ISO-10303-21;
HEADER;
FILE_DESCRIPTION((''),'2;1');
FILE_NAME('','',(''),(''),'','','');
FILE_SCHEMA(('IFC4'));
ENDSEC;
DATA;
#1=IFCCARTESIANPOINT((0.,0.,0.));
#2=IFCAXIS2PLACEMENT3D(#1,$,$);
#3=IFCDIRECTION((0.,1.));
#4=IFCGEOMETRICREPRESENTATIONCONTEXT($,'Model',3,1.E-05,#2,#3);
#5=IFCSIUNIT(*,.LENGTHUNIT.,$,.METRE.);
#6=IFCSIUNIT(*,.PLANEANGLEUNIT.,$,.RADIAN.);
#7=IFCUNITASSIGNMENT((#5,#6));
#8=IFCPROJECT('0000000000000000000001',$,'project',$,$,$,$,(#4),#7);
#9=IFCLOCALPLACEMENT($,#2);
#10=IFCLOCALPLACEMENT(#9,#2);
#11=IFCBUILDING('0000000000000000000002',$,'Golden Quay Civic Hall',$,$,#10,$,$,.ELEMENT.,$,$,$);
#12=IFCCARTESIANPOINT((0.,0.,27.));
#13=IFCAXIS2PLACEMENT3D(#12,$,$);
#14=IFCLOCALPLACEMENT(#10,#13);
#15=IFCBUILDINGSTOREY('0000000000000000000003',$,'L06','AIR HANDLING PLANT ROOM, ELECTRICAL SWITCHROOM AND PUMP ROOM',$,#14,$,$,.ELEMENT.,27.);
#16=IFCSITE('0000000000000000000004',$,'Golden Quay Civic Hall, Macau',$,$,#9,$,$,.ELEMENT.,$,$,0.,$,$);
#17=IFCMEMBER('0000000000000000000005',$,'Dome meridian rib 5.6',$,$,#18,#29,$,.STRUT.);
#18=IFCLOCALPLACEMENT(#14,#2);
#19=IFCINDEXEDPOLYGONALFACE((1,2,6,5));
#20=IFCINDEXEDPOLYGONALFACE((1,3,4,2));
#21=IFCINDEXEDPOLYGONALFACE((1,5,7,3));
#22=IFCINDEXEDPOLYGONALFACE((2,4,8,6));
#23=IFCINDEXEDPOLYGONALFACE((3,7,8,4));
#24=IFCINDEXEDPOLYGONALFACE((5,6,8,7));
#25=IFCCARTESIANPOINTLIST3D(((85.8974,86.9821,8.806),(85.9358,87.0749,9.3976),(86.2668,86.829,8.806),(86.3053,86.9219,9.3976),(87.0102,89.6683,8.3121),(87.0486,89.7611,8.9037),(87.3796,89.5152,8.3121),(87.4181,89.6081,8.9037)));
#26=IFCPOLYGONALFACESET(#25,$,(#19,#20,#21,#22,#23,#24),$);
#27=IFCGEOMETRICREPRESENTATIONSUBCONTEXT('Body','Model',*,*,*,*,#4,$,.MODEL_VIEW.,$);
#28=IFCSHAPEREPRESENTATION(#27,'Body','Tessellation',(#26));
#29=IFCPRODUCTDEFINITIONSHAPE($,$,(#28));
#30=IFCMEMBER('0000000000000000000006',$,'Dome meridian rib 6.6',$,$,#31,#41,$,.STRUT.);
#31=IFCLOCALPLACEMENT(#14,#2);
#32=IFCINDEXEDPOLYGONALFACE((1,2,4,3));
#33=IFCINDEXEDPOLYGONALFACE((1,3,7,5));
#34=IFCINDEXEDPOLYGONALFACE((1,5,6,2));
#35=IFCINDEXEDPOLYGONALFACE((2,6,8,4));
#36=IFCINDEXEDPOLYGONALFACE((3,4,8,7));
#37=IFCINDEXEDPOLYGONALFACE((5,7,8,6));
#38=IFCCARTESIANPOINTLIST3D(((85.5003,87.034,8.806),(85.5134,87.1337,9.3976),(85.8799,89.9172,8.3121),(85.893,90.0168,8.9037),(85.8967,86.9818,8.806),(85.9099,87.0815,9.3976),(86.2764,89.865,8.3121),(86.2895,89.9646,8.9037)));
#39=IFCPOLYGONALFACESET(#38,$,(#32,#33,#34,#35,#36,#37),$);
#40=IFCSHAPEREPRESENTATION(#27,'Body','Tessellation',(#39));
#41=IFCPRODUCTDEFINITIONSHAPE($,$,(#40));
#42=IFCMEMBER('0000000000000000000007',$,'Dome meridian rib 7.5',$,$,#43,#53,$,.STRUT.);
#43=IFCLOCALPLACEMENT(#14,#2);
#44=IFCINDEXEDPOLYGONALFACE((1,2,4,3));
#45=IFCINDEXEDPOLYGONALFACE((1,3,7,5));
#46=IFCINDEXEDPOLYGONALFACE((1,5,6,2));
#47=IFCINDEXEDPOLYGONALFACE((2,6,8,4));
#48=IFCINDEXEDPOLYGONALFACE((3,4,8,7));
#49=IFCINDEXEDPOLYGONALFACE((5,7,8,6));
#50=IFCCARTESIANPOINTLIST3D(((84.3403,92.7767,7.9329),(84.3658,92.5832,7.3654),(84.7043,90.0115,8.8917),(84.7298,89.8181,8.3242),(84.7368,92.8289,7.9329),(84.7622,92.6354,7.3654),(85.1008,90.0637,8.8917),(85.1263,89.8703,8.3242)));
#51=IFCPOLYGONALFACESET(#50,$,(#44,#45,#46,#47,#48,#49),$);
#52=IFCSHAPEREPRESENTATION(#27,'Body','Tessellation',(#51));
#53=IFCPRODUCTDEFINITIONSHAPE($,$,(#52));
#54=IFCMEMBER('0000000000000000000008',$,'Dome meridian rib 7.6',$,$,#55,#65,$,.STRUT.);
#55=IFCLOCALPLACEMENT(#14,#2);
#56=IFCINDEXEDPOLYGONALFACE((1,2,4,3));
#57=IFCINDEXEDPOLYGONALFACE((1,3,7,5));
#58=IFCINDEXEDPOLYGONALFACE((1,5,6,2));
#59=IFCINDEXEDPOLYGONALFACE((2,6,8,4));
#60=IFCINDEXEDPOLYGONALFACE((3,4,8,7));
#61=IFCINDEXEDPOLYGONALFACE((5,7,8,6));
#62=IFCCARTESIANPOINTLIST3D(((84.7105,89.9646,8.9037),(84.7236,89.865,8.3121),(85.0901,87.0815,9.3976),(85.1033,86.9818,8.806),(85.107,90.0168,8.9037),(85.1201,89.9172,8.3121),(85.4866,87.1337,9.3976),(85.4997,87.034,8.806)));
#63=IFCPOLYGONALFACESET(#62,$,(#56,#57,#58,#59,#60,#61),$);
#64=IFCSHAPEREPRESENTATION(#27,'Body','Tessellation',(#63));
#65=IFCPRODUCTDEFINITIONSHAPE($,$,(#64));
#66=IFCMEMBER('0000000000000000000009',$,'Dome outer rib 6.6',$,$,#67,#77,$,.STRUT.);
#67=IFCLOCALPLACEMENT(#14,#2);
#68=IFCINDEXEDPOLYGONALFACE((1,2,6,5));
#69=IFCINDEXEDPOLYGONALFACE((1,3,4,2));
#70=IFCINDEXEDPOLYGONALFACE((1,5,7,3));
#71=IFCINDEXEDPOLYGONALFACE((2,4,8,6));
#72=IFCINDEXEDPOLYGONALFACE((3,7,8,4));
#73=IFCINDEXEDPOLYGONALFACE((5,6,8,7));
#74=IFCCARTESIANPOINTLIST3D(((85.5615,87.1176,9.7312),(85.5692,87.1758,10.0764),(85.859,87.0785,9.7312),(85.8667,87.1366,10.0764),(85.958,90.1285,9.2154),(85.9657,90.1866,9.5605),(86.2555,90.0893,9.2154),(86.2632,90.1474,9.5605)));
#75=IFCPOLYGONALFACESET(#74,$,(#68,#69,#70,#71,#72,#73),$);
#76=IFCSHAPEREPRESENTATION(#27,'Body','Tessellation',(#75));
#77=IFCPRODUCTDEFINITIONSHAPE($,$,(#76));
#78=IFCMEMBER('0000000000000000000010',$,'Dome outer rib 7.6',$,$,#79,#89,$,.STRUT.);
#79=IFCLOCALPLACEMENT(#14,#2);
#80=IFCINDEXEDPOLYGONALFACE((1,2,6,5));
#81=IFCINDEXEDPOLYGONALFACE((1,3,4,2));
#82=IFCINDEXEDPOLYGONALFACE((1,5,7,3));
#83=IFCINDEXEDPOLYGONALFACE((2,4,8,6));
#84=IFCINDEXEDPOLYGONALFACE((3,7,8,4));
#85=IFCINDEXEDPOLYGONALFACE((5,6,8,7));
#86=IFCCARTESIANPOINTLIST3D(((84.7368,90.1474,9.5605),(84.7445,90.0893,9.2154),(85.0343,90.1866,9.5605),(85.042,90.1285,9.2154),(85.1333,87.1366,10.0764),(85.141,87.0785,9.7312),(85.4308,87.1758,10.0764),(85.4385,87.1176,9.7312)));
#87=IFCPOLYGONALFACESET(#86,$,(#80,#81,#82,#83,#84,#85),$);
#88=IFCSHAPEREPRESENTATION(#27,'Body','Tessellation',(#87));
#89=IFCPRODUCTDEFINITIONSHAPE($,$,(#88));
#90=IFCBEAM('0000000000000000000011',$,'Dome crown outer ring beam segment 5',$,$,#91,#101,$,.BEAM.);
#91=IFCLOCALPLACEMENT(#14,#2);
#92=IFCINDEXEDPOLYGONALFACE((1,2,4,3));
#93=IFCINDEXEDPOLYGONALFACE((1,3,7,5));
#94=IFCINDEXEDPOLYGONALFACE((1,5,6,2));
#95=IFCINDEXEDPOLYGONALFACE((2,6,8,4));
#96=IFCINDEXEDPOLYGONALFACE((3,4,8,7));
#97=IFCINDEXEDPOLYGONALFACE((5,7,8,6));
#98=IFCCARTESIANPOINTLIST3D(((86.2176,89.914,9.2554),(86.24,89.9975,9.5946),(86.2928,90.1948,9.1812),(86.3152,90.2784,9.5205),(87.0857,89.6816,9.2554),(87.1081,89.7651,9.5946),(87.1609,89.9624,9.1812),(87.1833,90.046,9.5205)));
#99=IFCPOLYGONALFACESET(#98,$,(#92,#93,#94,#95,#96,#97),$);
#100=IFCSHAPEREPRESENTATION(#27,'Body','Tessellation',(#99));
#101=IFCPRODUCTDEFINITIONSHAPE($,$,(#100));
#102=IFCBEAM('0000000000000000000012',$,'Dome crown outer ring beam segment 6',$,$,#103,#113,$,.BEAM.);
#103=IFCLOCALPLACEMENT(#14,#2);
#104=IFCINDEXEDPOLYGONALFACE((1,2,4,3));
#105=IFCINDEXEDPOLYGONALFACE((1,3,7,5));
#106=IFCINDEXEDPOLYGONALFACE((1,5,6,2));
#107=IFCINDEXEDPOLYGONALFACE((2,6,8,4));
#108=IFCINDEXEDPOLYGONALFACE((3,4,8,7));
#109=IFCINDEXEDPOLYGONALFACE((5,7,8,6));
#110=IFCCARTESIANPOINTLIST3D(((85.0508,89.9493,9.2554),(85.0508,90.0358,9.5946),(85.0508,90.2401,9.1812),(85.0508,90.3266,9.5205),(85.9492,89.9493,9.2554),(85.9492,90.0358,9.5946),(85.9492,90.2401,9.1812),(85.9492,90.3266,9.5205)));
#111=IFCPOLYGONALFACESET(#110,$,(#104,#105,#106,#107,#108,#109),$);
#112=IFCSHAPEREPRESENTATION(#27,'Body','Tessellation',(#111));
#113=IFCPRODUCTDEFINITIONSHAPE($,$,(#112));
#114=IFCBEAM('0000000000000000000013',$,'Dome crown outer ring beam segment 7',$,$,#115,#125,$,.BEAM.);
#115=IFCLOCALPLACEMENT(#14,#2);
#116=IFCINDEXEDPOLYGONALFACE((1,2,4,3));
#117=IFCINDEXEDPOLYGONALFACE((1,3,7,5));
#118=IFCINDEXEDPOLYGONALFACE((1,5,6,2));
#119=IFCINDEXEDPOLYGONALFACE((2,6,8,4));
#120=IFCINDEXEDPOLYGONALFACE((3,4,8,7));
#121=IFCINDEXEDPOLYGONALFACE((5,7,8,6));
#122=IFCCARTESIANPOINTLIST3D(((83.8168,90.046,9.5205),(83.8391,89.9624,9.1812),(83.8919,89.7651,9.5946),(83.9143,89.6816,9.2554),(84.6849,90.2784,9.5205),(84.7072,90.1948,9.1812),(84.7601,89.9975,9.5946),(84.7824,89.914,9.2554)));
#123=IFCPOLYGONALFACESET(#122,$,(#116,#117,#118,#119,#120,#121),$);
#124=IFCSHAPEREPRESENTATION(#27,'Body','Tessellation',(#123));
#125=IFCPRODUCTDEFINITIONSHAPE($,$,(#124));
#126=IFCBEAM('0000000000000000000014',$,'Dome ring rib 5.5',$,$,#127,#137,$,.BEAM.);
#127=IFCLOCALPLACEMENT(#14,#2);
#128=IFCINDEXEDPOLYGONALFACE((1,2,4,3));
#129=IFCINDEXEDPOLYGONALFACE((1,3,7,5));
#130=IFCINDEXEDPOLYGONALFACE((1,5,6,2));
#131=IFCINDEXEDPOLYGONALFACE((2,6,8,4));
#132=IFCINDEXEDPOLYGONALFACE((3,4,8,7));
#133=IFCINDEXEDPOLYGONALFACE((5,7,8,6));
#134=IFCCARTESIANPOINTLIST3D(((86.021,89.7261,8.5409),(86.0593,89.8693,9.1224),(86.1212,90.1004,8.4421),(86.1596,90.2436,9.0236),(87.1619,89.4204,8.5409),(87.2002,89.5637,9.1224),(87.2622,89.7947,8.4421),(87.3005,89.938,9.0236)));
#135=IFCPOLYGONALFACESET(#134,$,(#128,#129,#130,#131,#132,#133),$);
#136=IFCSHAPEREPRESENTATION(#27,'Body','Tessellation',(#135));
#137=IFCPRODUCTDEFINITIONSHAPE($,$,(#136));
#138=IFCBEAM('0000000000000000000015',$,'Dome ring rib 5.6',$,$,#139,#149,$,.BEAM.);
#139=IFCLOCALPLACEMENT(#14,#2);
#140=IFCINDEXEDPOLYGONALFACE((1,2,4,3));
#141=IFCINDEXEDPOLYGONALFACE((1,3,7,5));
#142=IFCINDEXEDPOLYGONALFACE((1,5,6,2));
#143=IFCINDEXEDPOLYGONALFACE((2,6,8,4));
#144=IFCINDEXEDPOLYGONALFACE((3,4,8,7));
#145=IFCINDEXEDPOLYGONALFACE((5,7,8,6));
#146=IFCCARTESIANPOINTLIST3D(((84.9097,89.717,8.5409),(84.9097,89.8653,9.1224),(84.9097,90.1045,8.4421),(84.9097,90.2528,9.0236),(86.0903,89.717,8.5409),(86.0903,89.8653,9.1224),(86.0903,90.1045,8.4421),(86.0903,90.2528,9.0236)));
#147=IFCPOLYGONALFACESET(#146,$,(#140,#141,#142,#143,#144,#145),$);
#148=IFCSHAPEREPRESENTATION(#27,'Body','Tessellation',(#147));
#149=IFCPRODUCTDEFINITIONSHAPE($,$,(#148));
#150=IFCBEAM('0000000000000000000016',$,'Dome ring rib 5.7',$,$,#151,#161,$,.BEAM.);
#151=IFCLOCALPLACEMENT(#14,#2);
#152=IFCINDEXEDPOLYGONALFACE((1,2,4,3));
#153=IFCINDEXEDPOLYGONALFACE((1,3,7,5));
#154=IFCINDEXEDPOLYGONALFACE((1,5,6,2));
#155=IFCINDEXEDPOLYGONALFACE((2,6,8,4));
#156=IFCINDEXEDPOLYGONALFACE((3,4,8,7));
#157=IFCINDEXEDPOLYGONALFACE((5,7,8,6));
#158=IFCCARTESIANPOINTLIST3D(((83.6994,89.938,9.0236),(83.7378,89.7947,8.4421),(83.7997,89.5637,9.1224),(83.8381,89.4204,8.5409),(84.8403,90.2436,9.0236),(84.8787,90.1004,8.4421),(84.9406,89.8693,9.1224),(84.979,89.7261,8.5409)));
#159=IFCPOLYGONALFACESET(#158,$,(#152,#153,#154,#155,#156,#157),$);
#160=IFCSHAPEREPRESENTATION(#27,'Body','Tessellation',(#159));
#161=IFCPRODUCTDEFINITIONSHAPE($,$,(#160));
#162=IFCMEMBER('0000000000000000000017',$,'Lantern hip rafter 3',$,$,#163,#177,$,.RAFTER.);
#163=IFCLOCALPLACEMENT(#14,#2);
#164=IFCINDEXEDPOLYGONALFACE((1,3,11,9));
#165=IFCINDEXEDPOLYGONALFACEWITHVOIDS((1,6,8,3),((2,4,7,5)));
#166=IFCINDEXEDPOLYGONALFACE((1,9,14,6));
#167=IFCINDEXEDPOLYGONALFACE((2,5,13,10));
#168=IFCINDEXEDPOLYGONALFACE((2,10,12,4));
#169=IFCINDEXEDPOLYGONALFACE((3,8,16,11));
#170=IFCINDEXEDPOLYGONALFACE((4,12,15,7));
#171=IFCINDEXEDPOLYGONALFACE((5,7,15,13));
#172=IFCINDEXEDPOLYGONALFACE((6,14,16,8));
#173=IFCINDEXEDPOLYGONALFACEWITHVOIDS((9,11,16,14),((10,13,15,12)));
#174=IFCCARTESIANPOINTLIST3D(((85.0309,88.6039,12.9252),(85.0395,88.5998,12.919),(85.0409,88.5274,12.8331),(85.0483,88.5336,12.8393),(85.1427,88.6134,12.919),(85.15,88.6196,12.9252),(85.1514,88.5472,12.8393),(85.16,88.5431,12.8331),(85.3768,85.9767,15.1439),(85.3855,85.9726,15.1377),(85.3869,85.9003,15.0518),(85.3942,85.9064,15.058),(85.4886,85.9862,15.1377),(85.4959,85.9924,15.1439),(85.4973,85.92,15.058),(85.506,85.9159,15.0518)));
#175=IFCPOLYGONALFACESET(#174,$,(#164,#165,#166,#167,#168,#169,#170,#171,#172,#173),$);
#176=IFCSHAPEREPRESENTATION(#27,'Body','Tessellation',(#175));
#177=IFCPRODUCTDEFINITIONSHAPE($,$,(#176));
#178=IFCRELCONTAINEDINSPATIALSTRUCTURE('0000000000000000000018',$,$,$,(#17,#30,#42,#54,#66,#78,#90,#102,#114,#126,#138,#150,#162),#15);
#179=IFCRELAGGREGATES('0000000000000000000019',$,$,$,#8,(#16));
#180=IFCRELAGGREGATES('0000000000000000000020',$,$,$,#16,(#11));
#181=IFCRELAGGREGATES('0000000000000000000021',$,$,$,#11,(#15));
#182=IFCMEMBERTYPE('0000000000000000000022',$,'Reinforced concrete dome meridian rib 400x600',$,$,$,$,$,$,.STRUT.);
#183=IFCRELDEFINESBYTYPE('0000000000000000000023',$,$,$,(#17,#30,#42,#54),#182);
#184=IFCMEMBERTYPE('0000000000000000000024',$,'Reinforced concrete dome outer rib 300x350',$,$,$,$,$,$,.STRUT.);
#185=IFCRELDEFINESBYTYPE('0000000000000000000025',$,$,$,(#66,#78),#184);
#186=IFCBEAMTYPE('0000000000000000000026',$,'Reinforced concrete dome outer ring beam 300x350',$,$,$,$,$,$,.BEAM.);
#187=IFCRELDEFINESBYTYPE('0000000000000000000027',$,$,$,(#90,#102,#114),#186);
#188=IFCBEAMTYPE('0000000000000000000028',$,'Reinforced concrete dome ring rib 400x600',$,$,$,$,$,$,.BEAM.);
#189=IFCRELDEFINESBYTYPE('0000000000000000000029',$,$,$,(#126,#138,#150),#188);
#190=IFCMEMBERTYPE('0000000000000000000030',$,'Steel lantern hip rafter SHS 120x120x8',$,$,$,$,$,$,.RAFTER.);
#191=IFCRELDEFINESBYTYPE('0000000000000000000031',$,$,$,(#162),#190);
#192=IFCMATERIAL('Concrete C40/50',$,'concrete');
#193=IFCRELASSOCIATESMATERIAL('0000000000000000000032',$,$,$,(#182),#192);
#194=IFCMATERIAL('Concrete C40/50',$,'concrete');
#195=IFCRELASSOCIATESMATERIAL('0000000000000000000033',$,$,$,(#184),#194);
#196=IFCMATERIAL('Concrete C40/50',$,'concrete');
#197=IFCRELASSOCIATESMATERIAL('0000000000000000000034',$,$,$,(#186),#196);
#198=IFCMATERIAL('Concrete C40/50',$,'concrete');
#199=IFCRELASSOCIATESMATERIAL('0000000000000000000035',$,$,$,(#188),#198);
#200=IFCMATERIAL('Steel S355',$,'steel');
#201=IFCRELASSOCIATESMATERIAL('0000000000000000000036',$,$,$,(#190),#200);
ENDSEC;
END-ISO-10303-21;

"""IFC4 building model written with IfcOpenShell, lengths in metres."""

from ifc_helpers import new_model, si_unit, direction, frame, origin, origin_2d, place, context, subcontext, project, spatial, rectangle, hollow_rectangle, extrude, material, material_profile, profile_set, type_object, element, save


model = new_model("IFC4")

# Units and contexts
model_context = context("Model", 3, precision=1e-05, world=origin(), true_north=direction((0.0, 1.0)))
body_context = subcontext(model_context, "Body", "Model", "MODEL_VIEW")
ifc_project = project(units=[si_unit("LENGTHUNIT", "METRE"), si_unit("PLANEANGLEUNIT", "RADIAN")], contexts=[model_context])

# Site, building, storey
site_placement = place(None, origin())
site = spatial("IfcSite", under=ifc_project, at=site_placement, Name="Golden Quay Civic Hall, Macau", CompositionType="ELEMENT", RefElevation=0.0)
building_placement = place(site_placement, origin())
building = spatial("IfcBuilding", under=site, at=building_placement, Name="Golden Quay Civic Hall", CompositionType="ELEMENT")
storey_placement = place(building_placement, frame((0.0, 0.0, 27.0)))
storey = spatial("IfcBuildingStorey", under=building, at=storey_placement, Name="L06", Description="AIR HANDLING PLANT ROOM, ELECTRICAL SWITCHROOM AND PUMP ROOM", CompositionType="ELEMENT", Elevation=27.0)

# Members
ifc_material_1 = material(Name="Concrete C40/50", Category="concrete")
ifc_material_profile_1 = material_profile(ifc_material_1, rectangle(XDim=0.3999, YDim=0.6001, at=origin_2d()), Name="RC 400x600")
ifc_profile_set_1 = profile_set([ifc_material_profile_1], Name="Concrete C40/50")
member_type_1 = type_object("IfcMemberType", Name="Reinforced concrete dome meridian rib 400x600", PredefinedType="STRUT", material=ifc_profile_set_1)
member_1_placement = place(storey_placement, frame((87.2141, 89.6382, 8.6079), z_axis=(-0.377308, -0.910821, 0.167463), x_axis=(0.923867, -0.382713, 0.0)))
element("IfcMember", 1, at=member_1_placement, inside=storey, type_object=member_type_1, Name="Dome meridian rib 5.6", PredefinedType="STRUT", context=body_context, shape_type="SweptSolid", body=[
    extrude(rectangle(XDim=0.3999, YDim=0.6001, at=origin_2d()), origin(), (0.0, 0.0, 1.0), 2.9492),
])
member_2_placement = place(storey_placement, frame((86.0847, 89.9409, 8.6079), z_axis=(-0.128709, -0.977444, 0.167446), x_axis=(0.991441, -0.130552, 0.0)))
element("IfcMember", 2, at=member_2_placement, inside=storey, type_object=member_type_1, Name="Dome meridian rib 6.6", PredefinedType="STRUT", context=body_context, shape_type="SweptSolid", body=[
    extrude(rectangle(XDim=0.3999, YDim=0.6001, at=origin_2d()), origin(), (0.0, 0.0, 1.0), 2.9497),
])
member_3_placement = place(storey_placement, frame((84.5513, 92.7061, 7.6492), z_axis=(0.123429, -0.937595, 0.325087), x_axis=(0.991446, 0.130518, 0.0)))
element("IfcMember", 3, at=member_3_placement, inside=storey, type_object=member_type_1, Name="Dome meridian rib 7.5", PredefinedType="STRUT", context=body_context, shape_type="SweptSolid", body=[
    extrude(rectangle(XDim=0.3999, YDim=0.6001, at=origin_2d()), origin(), (0.0, 0.0, 1.0), 2.9492),
])
member_4_placement = place(storey_placement, frame((84.9153, 89.9409, 8.6079), z_axis=(0.128709, -0.977444, 0.167446), x_axis=(0.991441, 0.130552, 0.0)))
element("IfcMember", 4, at=member_4_placement, inside=storey, type_object=member_type_1, Name="Dome meridian rib 7.6", PredefinedType="STRUT", context=body_context, shape_type="SweptSolid", body=[
    extrude(rectangle(XDim=0.3999, YDim=0.6001, at=origin_2d()), origin(), (0.0, 0.0, 1.0), 2.9497),
])
ifc_material_2 = material(Name="Concrete C40/50", Category="concrete")
ifc_material_profile_2 = material_profile(ifc_material_2, rectangle(XDim=0.3, YDim=0.3501, at=origin_2d()), Name="RC 300x350")
ifc_profile_set_2 = profile_set([ifc_material_profile_2], Name="Concrete C40/50")
member_type_2 = type_object("IfcMemberType", Name="Reinforced concrete dome outer rib 300x350", PredefinedType="STRUT", material=ifc_profile_set_2)
for number, where, z_axis, x_axis, name in (
    (5, (86.1106, 90.1379, 9.3879), (-0.128719, -0.977437, 0.167477), (0.99144, -0.130563, 0.0), "Dome outer rib 6.6"),
    (6, (84.8894, 90.1379, 9.3879), (0.128719, -0.977437, 0.167477), (0.99144, 0.130563, 0.0), "Dome outer rib 7.6"),
):
    element("IfcMember", number, at=place(storey_placement, frame(where, z_axis=z_axis, x_axis=x_axis)), inside=storey, type_object=member_type_2, Name=name, PredefinedType="STRUT", context=body_context, shape_type="SweptSolid", body=[
        extrude(rectangle(XDim=0.3, YDim=0.3501, at=origin_2d()), origin(), (0.0, 0.0, 1.0), 3.0803),
    ])

# Beams
ifc_material_3 = material(Name="Concrete C40/50", Category="concrete")
ifc_material_profile_3 = material_profile(ifc_material_3, rectangle(XDim=0.3, YDim=0.3501, at=origin_2d()), Name="RC 300x350")
ifc_profile_set_3 = profile_set([ifc_material_profile_3], Name="Concrete C40/50")
beam_type_1 = type_object("IfcBeamType", Name="Reinforced concrete dome outer ring beam 300x350", PredefinedType="BEAM", material=ifc_profile_set_3)
beam_1_placement = place(storey_placement, frame((87.1345, 89.8638, 9.3879), z_axis=(-0.965982, 0.258609, 0.0), x_axis=(-0.25059, -0.936028, 0.247094)))
element("IfcBeam", 7, at=beam_1_placement, inside=storey, type_object=beam_type_1, Name="Dome crown outer ring beam segment 5", PredefinedType="BEAM", context=body_context, shape_type="SweptSolid", body=[
    extrude(rectangle(XDim=0.3, YDim=0.3501, at=origin_2d()), origin(), (0.0, 0.0, 1.0), 0.8987),
])
beam_2_placement = place(storey_placement, frame((85.9492, 90.1379, 9.3879), z_axis=(-1.0, 0.0, 0.0), x_axis=(0.0, -0.968992, 0.247094)))
element("IfcBeam", 8, at=beam_2_placement, inside=storey, type_object=beam_type_1, Name="Dome crown outer ring beam segment 6", PredefinedType="BEAM", context=body_context, shape_type="SweptSolid", body=[
    extrude(rectangle(XDim=0.3, YDim=0.3501, at=origin_2d()), origin(), (0.0, 0.0, 1.0), 0.8984),
])
beam_3_placement = place(storey_placement, frame((84.7336, 90.0962, 9.3879), z_axis=(-0.965982, -0.258609, 0.0), x_axis=(0.25059, -0.936028, 0.247094)))
element("IfcBeam", 9, at=beam_3_placement, inside=storey, type_object=beam_type_1, Name="Dome crown outer ring beam segment 7", PredefinedType="BEAM", context=body_context, shape_type="SweptSolid", body=[
    extrude(rectangle(XDim=0.3, YDim=0.3501, at=origin_2d()), origin(), (0.0, 0.0, 1.0), 0.8987),
])
ifc_material_4 = material(Name="Concrete C40/50", Category="concrete")
ifc_material_profile_4 = material_profile(ifc_material_4, rectangle(XDim=0.3999, YDim=0.6001, at=origin_2d()), Name="RC 400x600")
ifc_profile_set_4 = profile_set([ifc_material_profile_4], Name="Concrete C40/50")
beam_type_2 = type_object("IfcBeamType", Name="Reinforced concrete dome ring rib 400x600", PredefinedType="BEAM", material=ifc_profile_set_4)
beam_4_placement = place(storey_placement, frame((87.2312, 89.6792, 8.7822), z_axis=(-0.965932, 0.258795, 0.0), x_axis=(-0.25077, -0.93598, 0.247094)))
element("IfcBeam", 10, at=beam_4_placement, inside=storey, type_object=beam_type_2, Name="Dome ring rib 5.5", PredefinedType="BEAM", context=body_context, shape_type="SweptSolid", body=[
    extrude(rectangle(XDim=0.3999, YDim=0.6001, at=origin_2d()), origin(), (0.0, 0.0, 1.0), 1.1812),
])
beam_5_placement = place(storey_placement, frame((86.0903, 89.9849, 8.7822), z_axis=(-1.0, 0.0, 0.0), x_axis=(0.0, -0.968992, 0.247094)))
element("IfcBeam", 11, at=beam_5_placement, inside=storey, type_object=beam_type_2, Name="Dome ring rib 5.6", PredefinedType="BEAM", context=body_context, shape_type="SweptSolid", body=[
    extrude(rectangle(XDim=0.3999, YDim=0.6001, at=origin_2d()), origin(), (0.0, 0.0, 1.0), 1.1807),
])
beam_6_placement = place(storey_placement, frame((84.9097, 89.9849, 8.7822), z_axis=(-0.965932, -0.258795, 0.0), x_axis=(0.25077, -0.93598, 0.247094)))
element("IfcBeam", 12, at=beam_6_placement, inside=storey, type_object=beam_type_2, Name="Dome ring rib 5.7", PredefinedType="BEAM", context=body_context, shape_type="SweptSolid", body=[
    extrude(rectangle(XDim=0.3999, YDim=0.6001, at=origin_2d()), origin(), (0.0, 0.0, 1.0), 1.1812),
])

# Member
ifc_material_5 = material(Name="Steel S355", Category="steel")
ifc_material_profile_5 = material_profile(ifc_material_5, hollow_rectangle(XDim=0.1201, YDim=0.1201, WallThickness=0.0081, at=origin_2d()), Name="SHS 120x120x8")
ifc_profile_set_5 = profile_set([ifc_material_profile_5], Name="Steel S355")
member_type_3 = type_object("IfcMemberType", Name="Steel lantern hip rafter SHS 120x120x8", PredefinedType="RAFTER", material=ifc_profile_set_5)
member_5_placement = place(storey_placement, frame((85.0955, 88.5735, 12.8792), z_axis=(0.100097, -0.76016, 0.641979), x_axis=(0.991441, 0.130552, 0.0)))
element("IfcMember", 13, at=member_5_placement, inside=storey, type_object=member_type_3, Name="Lantern hip rafter 3", PredefinedType="RAFTER", context=body_context, shape_type="SweptSolid", body=[
    extrude(hollow_rectangle(XDim=0.1201, YDim=0.1201, WallThickness=0.0081, at=origin_2d()), origin(), (0.0, 0.0, 1.0), 3.4561),
])

save(model, "model.ifc")
